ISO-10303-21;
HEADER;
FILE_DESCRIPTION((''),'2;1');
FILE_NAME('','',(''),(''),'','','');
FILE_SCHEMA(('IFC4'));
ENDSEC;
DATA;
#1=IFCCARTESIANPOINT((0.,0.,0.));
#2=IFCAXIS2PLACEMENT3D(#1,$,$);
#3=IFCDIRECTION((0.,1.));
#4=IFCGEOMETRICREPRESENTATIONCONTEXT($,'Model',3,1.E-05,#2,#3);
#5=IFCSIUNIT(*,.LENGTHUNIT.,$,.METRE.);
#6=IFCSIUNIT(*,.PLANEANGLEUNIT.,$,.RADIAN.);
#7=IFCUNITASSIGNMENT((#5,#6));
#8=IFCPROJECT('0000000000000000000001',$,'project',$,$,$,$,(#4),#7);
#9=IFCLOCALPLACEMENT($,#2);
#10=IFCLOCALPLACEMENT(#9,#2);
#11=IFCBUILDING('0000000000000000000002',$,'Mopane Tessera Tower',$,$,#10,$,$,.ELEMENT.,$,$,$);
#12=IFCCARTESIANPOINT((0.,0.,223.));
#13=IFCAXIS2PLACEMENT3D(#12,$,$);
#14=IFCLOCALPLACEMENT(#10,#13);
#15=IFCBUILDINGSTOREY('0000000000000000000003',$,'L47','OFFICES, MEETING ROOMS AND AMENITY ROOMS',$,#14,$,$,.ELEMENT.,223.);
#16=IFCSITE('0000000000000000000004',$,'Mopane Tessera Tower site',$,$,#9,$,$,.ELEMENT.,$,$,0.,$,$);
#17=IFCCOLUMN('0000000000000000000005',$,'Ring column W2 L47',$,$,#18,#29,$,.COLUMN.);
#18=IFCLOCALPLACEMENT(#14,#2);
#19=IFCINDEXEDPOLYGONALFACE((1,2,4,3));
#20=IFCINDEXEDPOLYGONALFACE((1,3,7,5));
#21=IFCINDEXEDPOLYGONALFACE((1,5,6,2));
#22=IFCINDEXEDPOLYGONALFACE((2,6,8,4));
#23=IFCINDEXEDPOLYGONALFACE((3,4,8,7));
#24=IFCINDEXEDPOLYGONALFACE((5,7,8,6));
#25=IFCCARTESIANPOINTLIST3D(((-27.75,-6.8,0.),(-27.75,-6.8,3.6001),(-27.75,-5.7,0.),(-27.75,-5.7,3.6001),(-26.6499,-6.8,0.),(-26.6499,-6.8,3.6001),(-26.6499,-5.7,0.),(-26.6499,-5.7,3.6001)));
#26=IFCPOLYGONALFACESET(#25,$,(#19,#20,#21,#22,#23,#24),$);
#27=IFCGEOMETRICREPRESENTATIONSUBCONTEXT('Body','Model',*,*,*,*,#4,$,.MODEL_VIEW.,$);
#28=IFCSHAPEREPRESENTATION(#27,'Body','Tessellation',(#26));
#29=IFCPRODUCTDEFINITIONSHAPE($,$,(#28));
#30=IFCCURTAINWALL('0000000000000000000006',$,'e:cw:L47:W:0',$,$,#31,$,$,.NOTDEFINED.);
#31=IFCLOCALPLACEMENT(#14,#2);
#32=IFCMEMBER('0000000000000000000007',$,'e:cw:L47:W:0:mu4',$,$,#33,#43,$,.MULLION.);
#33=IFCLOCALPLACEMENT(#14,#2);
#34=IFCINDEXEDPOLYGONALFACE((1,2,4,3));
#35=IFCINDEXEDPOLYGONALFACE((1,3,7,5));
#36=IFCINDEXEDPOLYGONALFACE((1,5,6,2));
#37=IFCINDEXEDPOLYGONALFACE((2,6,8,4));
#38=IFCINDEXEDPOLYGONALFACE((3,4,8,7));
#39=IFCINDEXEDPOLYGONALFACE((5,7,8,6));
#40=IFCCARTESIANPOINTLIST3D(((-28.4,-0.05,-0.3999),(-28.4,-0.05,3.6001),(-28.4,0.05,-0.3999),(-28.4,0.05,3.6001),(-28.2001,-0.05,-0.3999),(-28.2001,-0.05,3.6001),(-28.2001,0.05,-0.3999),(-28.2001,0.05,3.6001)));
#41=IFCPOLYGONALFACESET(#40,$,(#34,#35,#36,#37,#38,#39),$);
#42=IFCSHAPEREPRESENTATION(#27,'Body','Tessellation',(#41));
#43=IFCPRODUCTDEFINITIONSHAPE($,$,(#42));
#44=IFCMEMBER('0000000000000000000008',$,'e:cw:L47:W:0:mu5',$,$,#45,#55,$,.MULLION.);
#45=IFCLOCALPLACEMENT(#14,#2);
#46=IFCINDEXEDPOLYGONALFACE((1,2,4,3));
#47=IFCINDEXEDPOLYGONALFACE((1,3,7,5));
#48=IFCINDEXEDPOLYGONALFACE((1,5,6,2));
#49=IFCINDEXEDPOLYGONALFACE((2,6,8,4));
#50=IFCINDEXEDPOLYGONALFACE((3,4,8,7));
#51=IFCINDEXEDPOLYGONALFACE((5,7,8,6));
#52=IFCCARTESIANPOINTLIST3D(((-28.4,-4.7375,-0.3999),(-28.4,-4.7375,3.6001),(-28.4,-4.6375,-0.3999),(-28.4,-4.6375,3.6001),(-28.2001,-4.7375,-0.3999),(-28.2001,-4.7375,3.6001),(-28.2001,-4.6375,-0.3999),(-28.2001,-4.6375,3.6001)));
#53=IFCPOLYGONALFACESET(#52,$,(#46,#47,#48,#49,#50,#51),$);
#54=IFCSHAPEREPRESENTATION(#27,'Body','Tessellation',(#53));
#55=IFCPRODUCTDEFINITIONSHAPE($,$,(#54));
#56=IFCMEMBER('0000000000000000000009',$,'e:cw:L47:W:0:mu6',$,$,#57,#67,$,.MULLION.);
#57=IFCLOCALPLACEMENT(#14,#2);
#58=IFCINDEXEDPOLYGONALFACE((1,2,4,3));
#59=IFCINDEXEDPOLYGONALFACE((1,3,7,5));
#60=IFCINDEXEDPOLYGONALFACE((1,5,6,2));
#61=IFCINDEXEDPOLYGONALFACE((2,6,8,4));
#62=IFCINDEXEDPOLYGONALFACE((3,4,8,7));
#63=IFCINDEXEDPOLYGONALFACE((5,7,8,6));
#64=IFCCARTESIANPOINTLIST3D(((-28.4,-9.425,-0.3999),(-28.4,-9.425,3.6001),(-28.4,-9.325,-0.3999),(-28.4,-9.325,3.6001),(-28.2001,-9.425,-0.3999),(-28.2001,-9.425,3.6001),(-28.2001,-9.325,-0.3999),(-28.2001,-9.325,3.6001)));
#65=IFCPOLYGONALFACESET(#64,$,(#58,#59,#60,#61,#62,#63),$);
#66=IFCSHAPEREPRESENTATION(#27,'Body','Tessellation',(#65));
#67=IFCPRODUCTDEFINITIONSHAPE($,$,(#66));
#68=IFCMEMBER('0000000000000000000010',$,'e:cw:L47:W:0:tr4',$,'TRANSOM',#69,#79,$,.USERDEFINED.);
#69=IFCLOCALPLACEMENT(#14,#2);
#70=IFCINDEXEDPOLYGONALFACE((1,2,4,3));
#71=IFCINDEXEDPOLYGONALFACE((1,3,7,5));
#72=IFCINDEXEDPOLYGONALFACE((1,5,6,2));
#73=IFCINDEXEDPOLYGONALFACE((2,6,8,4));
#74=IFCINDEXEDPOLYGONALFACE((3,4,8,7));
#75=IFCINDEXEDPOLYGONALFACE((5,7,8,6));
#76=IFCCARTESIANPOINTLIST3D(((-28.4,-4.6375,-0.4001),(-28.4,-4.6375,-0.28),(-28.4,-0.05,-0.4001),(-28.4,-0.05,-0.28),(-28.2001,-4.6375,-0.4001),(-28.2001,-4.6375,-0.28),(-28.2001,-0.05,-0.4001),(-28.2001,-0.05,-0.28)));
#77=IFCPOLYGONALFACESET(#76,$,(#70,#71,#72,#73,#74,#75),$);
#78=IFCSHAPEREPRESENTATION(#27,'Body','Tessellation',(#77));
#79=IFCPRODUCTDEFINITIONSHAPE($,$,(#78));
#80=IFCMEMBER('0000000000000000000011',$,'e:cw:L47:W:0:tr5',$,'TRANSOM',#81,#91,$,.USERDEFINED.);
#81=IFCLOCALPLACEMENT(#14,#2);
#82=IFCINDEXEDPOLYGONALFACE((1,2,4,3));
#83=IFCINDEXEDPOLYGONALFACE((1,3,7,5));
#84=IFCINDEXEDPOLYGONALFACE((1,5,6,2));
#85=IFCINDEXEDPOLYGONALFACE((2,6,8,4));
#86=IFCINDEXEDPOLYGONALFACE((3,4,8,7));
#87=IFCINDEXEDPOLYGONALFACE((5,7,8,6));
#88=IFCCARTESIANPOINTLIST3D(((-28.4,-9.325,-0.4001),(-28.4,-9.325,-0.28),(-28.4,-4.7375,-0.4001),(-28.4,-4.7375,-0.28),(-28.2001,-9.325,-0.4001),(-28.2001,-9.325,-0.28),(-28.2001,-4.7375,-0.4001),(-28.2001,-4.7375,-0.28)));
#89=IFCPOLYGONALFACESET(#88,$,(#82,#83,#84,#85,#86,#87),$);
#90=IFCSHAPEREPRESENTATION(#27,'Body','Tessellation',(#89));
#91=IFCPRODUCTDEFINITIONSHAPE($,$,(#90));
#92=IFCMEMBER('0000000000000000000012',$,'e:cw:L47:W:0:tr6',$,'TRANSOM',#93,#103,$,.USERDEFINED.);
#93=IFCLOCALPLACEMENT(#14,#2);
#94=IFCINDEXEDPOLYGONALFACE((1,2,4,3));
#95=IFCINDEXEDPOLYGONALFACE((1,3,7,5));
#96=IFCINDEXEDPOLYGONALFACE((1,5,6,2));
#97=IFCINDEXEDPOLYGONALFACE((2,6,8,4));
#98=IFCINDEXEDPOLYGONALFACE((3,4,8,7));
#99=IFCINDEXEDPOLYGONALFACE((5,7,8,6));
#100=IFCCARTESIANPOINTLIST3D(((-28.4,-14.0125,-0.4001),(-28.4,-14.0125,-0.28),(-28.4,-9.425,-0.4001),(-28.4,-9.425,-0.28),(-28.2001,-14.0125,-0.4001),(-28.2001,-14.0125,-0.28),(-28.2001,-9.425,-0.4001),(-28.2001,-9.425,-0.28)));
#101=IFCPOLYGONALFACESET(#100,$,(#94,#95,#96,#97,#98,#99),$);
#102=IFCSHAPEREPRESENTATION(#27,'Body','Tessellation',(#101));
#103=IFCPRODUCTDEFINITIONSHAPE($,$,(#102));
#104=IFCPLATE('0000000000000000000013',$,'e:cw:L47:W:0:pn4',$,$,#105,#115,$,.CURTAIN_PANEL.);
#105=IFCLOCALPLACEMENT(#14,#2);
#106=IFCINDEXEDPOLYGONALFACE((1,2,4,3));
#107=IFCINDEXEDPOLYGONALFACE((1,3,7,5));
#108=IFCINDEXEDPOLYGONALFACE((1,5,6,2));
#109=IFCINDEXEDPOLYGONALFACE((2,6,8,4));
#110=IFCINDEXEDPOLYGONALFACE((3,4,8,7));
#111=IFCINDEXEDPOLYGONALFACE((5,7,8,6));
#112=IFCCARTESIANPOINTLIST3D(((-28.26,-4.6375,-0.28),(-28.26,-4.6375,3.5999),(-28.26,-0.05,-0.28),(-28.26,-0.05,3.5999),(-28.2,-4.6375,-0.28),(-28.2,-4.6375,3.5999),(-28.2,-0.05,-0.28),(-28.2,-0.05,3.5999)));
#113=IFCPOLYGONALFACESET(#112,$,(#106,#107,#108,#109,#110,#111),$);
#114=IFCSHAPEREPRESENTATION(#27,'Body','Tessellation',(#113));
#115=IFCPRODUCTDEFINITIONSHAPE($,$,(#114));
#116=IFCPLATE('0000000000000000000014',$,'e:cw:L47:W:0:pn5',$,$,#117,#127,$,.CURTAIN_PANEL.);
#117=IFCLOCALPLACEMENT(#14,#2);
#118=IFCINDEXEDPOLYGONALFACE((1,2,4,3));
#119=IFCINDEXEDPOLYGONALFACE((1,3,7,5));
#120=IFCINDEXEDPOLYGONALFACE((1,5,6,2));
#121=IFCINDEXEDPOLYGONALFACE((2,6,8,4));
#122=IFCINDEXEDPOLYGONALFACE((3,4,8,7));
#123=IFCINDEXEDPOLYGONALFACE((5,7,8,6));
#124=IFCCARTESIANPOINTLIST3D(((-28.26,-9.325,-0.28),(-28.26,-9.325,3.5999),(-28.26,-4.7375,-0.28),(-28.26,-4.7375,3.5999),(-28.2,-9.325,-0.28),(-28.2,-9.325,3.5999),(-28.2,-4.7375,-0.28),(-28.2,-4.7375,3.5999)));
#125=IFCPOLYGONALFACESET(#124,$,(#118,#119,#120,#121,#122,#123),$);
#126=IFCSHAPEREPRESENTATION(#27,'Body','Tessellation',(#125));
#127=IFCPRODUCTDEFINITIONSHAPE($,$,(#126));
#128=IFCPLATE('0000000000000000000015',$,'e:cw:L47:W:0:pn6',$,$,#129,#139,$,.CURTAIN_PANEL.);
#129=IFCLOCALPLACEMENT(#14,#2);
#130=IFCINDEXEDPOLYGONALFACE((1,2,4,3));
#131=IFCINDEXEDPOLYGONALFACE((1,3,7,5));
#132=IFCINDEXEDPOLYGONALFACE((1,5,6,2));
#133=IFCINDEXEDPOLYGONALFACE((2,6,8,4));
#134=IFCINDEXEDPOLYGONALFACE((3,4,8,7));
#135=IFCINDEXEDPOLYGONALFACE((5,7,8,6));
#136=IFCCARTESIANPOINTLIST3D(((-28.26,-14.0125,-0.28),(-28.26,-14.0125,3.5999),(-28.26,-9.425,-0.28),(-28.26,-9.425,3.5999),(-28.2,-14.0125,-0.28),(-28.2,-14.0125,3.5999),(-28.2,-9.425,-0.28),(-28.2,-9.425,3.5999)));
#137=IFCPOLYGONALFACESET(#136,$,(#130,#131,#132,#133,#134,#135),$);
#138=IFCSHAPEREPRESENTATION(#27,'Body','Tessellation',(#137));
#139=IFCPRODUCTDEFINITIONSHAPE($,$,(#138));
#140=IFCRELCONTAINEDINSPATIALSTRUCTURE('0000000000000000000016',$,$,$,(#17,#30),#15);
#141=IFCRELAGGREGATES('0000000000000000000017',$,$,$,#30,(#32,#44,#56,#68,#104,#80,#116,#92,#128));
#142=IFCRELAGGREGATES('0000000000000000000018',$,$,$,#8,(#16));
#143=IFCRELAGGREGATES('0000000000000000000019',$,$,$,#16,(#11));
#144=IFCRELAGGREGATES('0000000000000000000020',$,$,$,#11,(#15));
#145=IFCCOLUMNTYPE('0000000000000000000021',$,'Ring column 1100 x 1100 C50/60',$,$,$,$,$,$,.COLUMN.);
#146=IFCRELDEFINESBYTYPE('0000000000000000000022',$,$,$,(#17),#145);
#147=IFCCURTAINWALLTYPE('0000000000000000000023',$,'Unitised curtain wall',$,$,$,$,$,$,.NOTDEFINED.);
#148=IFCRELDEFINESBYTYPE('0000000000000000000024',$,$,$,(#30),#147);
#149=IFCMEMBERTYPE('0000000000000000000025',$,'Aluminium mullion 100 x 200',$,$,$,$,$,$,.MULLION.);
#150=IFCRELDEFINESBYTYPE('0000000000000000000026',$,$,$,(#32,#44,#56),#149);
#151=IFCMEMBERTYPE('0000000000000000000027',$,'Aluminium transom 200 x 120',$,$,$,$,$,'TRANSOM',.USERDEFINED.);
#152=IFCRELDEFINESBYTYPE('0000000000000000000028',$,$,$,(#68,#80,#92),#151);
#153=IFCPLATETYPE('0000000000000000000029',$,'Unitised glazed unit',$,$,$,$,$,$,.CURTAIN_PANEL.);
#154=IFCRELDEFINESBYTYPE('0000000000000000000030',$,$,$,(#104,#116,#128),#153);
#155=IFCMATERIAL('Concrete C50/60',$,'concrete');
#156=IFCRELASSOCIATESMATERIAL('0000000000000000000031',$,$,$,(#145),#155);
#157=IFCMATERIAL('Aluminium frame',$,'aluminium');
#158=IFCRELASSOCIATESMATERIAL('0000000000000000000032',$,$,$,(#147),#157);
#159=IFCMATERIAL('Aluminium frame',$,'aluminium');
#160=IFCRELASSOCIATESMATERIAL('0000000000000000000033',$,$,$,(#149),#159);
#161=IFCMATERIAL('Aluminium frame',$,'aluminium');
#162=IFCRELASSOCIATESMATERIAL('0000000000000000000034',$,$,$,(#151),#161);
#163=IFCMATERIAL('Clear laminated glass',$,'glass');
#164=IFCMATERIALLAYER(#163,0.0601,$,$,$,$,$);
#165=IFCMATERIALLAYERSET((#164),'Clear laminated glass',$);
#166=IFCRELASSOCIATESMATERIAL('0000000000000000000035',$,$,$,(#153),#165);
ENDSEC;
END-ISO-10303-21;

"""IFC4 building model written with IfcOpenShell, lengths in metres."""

from ifc_helpers import new_model, si_unit, direction, frame, origin, origin_2d, place, context, subcontext, project, spatial, rectangle, extrude, material, layer, layer_set, material_profile, profile_set, type_object, element, aggregate, save


model = new_model("IFC4")

# Units and contexts
model_context = context("Model", 3, precision=1e-05, world=origin(), true_north=direction((0.0, 1.0)))
body_context = subcontext(model_context, "Body", "Model", "MODEL_VIEW")
ifc_project = project(units=[si_unit("LENGTHUNIT", "METRE"), si_unit("PLANEANGLEUNIT", "RADIAN")], contexts=[model_context])

# Site, building, storey
site_placement = place(None, origin())
site = spatial("IfcSite", under=ifc_project, at=site_placement, Name="Mopane Tessera Tower site", CompositionType="ELEMENT", RefElevation=0.0)
building_placement = place(site_placement, origin())
building = spatial("IfcBuilding", under=site, at=building_placement, Name="Mopane Tessera Tower", CompositionType="ELEMENT")
storey_placement = place(building_placement, frame((0.0, 0.0, 223.0)))
storey = spatial("IfcBuildingStorey", under=building, at=storey_placement, Name="L47", Description="OFFICES, MEETING ROOMS AND AMENITY ROOMS", CompositionType="ELEMENT", Elevation=223.0)

# Column
ifc_material_1 = material(Name="Concrete C50/60", Category="concrete")
ifc_material_profile_1 = material_profile(ifc_material_1, rectangle(XDim=1.1001, YDim=1.1001, at=origin_2d()))
ifc_profile_set_1 = profile_set([ifc_material_profile_1], Name="Concrete C50/60")
column_type = type_object("IfcColumnType", Name="Ring column 1100 x 1100 C50/60", PredefinedType="COLUMN", material=ifc_profile_set_1)
column_placement = place(storey_placement, frame((-27.2, -6.25, 0.0), z_axis=(0.0, 0.0, 1.0), x_axis=(1.0, 0.0, 0.0)))
element("IfcColumn", 1, at=column_placement, inside=storey, type_object=column_type, Name="Ring column W2 L47", PredefinedType="COLUMN", context=body_context, shape_type="SweptSolid", body=[
    extrude(rectangle(XDim=1.1001, YDim=1.1001, at=origin_2d()), origin(), (0.0, 0.0, 1.0), 3.6001),
])

# Curtain wall, members, plates
ifc_material_2 = material(Name="Aluminium frame", Category="aluminium")
curtain_wall_type = type_object("IfcCurtainWallType", Name="Unitised curtain wall", PredefinedType="NOTDEFINED", material=ifc_material_2)
curtain_wall_placement = place(storey_placement, origin())
curtain_wall = element("IfcCurtainWall", 2, at=curtain_wall_placement, inside=storey, type_object=curtain_wall_type, Name="e:cw:L47:W:0", PredefinedType="NOTDEFINED")
ifc_material_3 = material(Name="Aluminium frame", Category="aluminium")
ifc_material_profile_2 = material_profile(ifc_material_3, rectangle(XDim=0.1001, YDim=0.2, at=origin_2d()))
ifc_profile_set_2 = profile_set([ifc_material_profile_2], Name="Aluminium frame")
member_type_1 = type_object("IfcMemberType", Name="Aluminium mullion 100 x 200", PredefinedType="MULLION", material=ifc_profile_set_2)
member_1_placement = place(storey_placement, frame((-28.3, 0.0, -0.3999), z_axis=(0.0, 0.0, 1.0), x_axis=(0.0, -1.0, 0.0)))
member_1 = element("IfcMember", 3, at=member_1_placement, type_object=member_type_1, Name="e:cw:L47:W:0:mu4", PredefinedType="MULLION", context=body_context, shape_type="SweptSolid", body=[
    extrude(rectangle(XDim=0.1001, YDim=0.2, at=origin_2d()), origin(), (0.0, 0.0, 1.0), 4.0),
])
member_2_placement = place(storey_placement, frame((-28.3, -4.6875, -0.3999), z_axis=(0.0, 0.0, 1.0), x_axis=(0.0, -1.0, 0.0)))
member_2 = element("IfcMember", 4, at=member_2_placement, type_object=member_type_1, Name="e:cw:L47:W:0:mu5", PredefinedType="MULLION", context=body_context, shape_type="SweptSolid", body=[
    extrude(rectangle(XDim=0.1001, YDim=0.2, at=origin_2d()), origin(), (0.0, 0.0, 1.0), 4.0),
])
member_3_placement = place(storey_placement, frame((-28.3, -9.375, -0.3999), z_axis=(0.0, 0.0, 1.0), x_axis=(0.0, -1.0, 0.0)))
member_3 = element("IfcMember", 5, at=member_3_placement, type_object=member_type_1, Name="e:cw:L47:W:0:mu6", PredefinedType="MULLION", context=body_context, shape_type="SweptSolid", body=[
    extrude(rectangle(XDim=0.1001, YDim=0.2, at=origin_2d()), origin(), (0.0, 0.0, 1.0), 4.0),
])
ifc_material_4 = material(Name="Aluminium frame", Category="aluminium")
ifc_material_profile_3 = material_profile(ifc_material_4, rectangle(XDim=0.2, YDim=0.1201, at=origin_2d()))
ifc_profile_set_3 = profile_set([ifc_material_profile_3], Name="Aluminium frame")
member_type_2 = type_object("IfcMemberType", Name="Aluminium transom 200 x 120", ElementType="TRANSOM", PredefinedType="USERDEFINED", material=ifc_profile_set_3)
member_4_placement = place(storey_placement, frame((-28.3, -0.05, -0.3401), z_axis=(0.0, -1.0, 0.0), x_axis=(1.0, 0.0, 0.0)))
member_4 = element("IfcMember", 6, at=member_4_placement, type_object=member_type_2, Name="e:cw:L47:W:0:tr4", ObjectType="TRANSOM", PredefinedType="USERDEFINED", context=body_context, shape_type="SweptSolid", body=[
    extrude(rectangle(XDim=0.2, YDim=0.1201, at=origin_2d()), origin(), (0.0, 0.0, 1.0), 4.5874),
])
member_5_placement = place(storey_placement, frame((-28.3, -4.7375, -0.3401), z_axis=(0.0, -1.0, 0.0), x_axis=(1.0, 0.0, 0.0)))
member_5 = element("IfcMember", 7, at=member_5_placement, type_object=member_type_2, Name="e:cw:L47:W:0:tr5", ObjectType="TRANSOM", PredefinedType="USERDEFINED", context=body_context, shape_type="SweptSolid", body=[
    extrude(rectangle(XDim=0.2, YDim=0.1201, at=origin_2d()), origin(), (0.0, 0.0, 1.0), 4.5874),
])
member_6_placement = place(storey_placement, frame((-28.3, -9.425, -0.3401), z_axis=(0.0, -1.0, 0.0), x_axis=(1.0, 0.0, 0.0)))
member_6 = element("IfcMember", 8, at=member_6_placement, type_object=member_type_2, Name="e:cw:L47:W:0:tr6", ObjectType="TRANSOM", PredefinedType="USERDEFINED", context=body_context, shape_type="SweptSolid", body=[
    extrude(rectangle(XDim=0.2, YDim=0.1201, at=origin_2d()), origin(), (0.0, 0.0, 1.0), 4.5874),
])
ifc_material_5 = material(Name="Clear laminated glass", Category="glass")
ifc_layer_1 = layer(ifc_material_5, 0.0601)
ifc_layer_set_1 = layer_set([ifc_layer_1], Name="Clear laminated glass")
plate_type = type_object("IfcPlateType", Name="Unitised glazed unit", PredefinedType="CURTAIN_PANEL", material=ifc_layer_set_1)
plate_1_placement = place(storey_placement, frame((-28.23, -2.3438, -0.28), z_axis=(0.0, 0.0, 1.0), x_axis=(0.0, -1.0, 0.0)))
plate_1 = element("IfcPlate", 9, at=plate_1_placement, type_object=plate_type, Name="e:cw:L47:W:0:pn4", PredefinedType="CURTAIN_PANEL", context=body_context, shape_type="SweptSolid", body=[
    extrude(rectangle(XDim=4.5874, YDim=0.0601, at=origin_2d()), origin(), (0.0, 0.0, 1.0), 3.8799),
])
plate_2_placement = place(storey_placement, frame((-28.23, -7.0312, -0.28), z_axis=(0.0, 0.0, 1.0), x_axis=(0.0, -1.0, 0.0)))
plate_2 = element("IfcPlate", 10, at=plate_2_placement, type_object=plate_type, Name="e:cw:L47:W:0:pn5", PredefinedType="CURTAIN_PANEL", context=body_context, shape_type="SweptSolid", body=[
    extrude(rectangle(XDim=4.5874, YDim=0.0601, at=origin_2d()), origin(), (0.0, 0.0, 1.0), 3.8799),
])
plate_3_placement = place(storey_placement, frame((-28.23, -11.7188, -0.28), z_axis=(0.0, 0.0, 1.0), x_axis=(0.0, -1.0, 0.0)))
plate_3 = element("IfcPlate", 11, at=plate_3_placement, type_object=plate_type, Name="e:cw:L47:W:0:pn6", PredefinedType="CURTAIN_PANEL", context=body_context, shape_type="SweptSolid", body=[
    extrude(rectangle(XDim=4.5874, YDim=0.0601, at=origin_2d()), origin(), (0.0, 0.0, 1.0), 3.8799),
])
aggregate(curtain_wall, [member_1, member_2, member_3, member_4, plate_1, member_5, plate_2, member_6, plate_3])

save(model, "model.ifc")
